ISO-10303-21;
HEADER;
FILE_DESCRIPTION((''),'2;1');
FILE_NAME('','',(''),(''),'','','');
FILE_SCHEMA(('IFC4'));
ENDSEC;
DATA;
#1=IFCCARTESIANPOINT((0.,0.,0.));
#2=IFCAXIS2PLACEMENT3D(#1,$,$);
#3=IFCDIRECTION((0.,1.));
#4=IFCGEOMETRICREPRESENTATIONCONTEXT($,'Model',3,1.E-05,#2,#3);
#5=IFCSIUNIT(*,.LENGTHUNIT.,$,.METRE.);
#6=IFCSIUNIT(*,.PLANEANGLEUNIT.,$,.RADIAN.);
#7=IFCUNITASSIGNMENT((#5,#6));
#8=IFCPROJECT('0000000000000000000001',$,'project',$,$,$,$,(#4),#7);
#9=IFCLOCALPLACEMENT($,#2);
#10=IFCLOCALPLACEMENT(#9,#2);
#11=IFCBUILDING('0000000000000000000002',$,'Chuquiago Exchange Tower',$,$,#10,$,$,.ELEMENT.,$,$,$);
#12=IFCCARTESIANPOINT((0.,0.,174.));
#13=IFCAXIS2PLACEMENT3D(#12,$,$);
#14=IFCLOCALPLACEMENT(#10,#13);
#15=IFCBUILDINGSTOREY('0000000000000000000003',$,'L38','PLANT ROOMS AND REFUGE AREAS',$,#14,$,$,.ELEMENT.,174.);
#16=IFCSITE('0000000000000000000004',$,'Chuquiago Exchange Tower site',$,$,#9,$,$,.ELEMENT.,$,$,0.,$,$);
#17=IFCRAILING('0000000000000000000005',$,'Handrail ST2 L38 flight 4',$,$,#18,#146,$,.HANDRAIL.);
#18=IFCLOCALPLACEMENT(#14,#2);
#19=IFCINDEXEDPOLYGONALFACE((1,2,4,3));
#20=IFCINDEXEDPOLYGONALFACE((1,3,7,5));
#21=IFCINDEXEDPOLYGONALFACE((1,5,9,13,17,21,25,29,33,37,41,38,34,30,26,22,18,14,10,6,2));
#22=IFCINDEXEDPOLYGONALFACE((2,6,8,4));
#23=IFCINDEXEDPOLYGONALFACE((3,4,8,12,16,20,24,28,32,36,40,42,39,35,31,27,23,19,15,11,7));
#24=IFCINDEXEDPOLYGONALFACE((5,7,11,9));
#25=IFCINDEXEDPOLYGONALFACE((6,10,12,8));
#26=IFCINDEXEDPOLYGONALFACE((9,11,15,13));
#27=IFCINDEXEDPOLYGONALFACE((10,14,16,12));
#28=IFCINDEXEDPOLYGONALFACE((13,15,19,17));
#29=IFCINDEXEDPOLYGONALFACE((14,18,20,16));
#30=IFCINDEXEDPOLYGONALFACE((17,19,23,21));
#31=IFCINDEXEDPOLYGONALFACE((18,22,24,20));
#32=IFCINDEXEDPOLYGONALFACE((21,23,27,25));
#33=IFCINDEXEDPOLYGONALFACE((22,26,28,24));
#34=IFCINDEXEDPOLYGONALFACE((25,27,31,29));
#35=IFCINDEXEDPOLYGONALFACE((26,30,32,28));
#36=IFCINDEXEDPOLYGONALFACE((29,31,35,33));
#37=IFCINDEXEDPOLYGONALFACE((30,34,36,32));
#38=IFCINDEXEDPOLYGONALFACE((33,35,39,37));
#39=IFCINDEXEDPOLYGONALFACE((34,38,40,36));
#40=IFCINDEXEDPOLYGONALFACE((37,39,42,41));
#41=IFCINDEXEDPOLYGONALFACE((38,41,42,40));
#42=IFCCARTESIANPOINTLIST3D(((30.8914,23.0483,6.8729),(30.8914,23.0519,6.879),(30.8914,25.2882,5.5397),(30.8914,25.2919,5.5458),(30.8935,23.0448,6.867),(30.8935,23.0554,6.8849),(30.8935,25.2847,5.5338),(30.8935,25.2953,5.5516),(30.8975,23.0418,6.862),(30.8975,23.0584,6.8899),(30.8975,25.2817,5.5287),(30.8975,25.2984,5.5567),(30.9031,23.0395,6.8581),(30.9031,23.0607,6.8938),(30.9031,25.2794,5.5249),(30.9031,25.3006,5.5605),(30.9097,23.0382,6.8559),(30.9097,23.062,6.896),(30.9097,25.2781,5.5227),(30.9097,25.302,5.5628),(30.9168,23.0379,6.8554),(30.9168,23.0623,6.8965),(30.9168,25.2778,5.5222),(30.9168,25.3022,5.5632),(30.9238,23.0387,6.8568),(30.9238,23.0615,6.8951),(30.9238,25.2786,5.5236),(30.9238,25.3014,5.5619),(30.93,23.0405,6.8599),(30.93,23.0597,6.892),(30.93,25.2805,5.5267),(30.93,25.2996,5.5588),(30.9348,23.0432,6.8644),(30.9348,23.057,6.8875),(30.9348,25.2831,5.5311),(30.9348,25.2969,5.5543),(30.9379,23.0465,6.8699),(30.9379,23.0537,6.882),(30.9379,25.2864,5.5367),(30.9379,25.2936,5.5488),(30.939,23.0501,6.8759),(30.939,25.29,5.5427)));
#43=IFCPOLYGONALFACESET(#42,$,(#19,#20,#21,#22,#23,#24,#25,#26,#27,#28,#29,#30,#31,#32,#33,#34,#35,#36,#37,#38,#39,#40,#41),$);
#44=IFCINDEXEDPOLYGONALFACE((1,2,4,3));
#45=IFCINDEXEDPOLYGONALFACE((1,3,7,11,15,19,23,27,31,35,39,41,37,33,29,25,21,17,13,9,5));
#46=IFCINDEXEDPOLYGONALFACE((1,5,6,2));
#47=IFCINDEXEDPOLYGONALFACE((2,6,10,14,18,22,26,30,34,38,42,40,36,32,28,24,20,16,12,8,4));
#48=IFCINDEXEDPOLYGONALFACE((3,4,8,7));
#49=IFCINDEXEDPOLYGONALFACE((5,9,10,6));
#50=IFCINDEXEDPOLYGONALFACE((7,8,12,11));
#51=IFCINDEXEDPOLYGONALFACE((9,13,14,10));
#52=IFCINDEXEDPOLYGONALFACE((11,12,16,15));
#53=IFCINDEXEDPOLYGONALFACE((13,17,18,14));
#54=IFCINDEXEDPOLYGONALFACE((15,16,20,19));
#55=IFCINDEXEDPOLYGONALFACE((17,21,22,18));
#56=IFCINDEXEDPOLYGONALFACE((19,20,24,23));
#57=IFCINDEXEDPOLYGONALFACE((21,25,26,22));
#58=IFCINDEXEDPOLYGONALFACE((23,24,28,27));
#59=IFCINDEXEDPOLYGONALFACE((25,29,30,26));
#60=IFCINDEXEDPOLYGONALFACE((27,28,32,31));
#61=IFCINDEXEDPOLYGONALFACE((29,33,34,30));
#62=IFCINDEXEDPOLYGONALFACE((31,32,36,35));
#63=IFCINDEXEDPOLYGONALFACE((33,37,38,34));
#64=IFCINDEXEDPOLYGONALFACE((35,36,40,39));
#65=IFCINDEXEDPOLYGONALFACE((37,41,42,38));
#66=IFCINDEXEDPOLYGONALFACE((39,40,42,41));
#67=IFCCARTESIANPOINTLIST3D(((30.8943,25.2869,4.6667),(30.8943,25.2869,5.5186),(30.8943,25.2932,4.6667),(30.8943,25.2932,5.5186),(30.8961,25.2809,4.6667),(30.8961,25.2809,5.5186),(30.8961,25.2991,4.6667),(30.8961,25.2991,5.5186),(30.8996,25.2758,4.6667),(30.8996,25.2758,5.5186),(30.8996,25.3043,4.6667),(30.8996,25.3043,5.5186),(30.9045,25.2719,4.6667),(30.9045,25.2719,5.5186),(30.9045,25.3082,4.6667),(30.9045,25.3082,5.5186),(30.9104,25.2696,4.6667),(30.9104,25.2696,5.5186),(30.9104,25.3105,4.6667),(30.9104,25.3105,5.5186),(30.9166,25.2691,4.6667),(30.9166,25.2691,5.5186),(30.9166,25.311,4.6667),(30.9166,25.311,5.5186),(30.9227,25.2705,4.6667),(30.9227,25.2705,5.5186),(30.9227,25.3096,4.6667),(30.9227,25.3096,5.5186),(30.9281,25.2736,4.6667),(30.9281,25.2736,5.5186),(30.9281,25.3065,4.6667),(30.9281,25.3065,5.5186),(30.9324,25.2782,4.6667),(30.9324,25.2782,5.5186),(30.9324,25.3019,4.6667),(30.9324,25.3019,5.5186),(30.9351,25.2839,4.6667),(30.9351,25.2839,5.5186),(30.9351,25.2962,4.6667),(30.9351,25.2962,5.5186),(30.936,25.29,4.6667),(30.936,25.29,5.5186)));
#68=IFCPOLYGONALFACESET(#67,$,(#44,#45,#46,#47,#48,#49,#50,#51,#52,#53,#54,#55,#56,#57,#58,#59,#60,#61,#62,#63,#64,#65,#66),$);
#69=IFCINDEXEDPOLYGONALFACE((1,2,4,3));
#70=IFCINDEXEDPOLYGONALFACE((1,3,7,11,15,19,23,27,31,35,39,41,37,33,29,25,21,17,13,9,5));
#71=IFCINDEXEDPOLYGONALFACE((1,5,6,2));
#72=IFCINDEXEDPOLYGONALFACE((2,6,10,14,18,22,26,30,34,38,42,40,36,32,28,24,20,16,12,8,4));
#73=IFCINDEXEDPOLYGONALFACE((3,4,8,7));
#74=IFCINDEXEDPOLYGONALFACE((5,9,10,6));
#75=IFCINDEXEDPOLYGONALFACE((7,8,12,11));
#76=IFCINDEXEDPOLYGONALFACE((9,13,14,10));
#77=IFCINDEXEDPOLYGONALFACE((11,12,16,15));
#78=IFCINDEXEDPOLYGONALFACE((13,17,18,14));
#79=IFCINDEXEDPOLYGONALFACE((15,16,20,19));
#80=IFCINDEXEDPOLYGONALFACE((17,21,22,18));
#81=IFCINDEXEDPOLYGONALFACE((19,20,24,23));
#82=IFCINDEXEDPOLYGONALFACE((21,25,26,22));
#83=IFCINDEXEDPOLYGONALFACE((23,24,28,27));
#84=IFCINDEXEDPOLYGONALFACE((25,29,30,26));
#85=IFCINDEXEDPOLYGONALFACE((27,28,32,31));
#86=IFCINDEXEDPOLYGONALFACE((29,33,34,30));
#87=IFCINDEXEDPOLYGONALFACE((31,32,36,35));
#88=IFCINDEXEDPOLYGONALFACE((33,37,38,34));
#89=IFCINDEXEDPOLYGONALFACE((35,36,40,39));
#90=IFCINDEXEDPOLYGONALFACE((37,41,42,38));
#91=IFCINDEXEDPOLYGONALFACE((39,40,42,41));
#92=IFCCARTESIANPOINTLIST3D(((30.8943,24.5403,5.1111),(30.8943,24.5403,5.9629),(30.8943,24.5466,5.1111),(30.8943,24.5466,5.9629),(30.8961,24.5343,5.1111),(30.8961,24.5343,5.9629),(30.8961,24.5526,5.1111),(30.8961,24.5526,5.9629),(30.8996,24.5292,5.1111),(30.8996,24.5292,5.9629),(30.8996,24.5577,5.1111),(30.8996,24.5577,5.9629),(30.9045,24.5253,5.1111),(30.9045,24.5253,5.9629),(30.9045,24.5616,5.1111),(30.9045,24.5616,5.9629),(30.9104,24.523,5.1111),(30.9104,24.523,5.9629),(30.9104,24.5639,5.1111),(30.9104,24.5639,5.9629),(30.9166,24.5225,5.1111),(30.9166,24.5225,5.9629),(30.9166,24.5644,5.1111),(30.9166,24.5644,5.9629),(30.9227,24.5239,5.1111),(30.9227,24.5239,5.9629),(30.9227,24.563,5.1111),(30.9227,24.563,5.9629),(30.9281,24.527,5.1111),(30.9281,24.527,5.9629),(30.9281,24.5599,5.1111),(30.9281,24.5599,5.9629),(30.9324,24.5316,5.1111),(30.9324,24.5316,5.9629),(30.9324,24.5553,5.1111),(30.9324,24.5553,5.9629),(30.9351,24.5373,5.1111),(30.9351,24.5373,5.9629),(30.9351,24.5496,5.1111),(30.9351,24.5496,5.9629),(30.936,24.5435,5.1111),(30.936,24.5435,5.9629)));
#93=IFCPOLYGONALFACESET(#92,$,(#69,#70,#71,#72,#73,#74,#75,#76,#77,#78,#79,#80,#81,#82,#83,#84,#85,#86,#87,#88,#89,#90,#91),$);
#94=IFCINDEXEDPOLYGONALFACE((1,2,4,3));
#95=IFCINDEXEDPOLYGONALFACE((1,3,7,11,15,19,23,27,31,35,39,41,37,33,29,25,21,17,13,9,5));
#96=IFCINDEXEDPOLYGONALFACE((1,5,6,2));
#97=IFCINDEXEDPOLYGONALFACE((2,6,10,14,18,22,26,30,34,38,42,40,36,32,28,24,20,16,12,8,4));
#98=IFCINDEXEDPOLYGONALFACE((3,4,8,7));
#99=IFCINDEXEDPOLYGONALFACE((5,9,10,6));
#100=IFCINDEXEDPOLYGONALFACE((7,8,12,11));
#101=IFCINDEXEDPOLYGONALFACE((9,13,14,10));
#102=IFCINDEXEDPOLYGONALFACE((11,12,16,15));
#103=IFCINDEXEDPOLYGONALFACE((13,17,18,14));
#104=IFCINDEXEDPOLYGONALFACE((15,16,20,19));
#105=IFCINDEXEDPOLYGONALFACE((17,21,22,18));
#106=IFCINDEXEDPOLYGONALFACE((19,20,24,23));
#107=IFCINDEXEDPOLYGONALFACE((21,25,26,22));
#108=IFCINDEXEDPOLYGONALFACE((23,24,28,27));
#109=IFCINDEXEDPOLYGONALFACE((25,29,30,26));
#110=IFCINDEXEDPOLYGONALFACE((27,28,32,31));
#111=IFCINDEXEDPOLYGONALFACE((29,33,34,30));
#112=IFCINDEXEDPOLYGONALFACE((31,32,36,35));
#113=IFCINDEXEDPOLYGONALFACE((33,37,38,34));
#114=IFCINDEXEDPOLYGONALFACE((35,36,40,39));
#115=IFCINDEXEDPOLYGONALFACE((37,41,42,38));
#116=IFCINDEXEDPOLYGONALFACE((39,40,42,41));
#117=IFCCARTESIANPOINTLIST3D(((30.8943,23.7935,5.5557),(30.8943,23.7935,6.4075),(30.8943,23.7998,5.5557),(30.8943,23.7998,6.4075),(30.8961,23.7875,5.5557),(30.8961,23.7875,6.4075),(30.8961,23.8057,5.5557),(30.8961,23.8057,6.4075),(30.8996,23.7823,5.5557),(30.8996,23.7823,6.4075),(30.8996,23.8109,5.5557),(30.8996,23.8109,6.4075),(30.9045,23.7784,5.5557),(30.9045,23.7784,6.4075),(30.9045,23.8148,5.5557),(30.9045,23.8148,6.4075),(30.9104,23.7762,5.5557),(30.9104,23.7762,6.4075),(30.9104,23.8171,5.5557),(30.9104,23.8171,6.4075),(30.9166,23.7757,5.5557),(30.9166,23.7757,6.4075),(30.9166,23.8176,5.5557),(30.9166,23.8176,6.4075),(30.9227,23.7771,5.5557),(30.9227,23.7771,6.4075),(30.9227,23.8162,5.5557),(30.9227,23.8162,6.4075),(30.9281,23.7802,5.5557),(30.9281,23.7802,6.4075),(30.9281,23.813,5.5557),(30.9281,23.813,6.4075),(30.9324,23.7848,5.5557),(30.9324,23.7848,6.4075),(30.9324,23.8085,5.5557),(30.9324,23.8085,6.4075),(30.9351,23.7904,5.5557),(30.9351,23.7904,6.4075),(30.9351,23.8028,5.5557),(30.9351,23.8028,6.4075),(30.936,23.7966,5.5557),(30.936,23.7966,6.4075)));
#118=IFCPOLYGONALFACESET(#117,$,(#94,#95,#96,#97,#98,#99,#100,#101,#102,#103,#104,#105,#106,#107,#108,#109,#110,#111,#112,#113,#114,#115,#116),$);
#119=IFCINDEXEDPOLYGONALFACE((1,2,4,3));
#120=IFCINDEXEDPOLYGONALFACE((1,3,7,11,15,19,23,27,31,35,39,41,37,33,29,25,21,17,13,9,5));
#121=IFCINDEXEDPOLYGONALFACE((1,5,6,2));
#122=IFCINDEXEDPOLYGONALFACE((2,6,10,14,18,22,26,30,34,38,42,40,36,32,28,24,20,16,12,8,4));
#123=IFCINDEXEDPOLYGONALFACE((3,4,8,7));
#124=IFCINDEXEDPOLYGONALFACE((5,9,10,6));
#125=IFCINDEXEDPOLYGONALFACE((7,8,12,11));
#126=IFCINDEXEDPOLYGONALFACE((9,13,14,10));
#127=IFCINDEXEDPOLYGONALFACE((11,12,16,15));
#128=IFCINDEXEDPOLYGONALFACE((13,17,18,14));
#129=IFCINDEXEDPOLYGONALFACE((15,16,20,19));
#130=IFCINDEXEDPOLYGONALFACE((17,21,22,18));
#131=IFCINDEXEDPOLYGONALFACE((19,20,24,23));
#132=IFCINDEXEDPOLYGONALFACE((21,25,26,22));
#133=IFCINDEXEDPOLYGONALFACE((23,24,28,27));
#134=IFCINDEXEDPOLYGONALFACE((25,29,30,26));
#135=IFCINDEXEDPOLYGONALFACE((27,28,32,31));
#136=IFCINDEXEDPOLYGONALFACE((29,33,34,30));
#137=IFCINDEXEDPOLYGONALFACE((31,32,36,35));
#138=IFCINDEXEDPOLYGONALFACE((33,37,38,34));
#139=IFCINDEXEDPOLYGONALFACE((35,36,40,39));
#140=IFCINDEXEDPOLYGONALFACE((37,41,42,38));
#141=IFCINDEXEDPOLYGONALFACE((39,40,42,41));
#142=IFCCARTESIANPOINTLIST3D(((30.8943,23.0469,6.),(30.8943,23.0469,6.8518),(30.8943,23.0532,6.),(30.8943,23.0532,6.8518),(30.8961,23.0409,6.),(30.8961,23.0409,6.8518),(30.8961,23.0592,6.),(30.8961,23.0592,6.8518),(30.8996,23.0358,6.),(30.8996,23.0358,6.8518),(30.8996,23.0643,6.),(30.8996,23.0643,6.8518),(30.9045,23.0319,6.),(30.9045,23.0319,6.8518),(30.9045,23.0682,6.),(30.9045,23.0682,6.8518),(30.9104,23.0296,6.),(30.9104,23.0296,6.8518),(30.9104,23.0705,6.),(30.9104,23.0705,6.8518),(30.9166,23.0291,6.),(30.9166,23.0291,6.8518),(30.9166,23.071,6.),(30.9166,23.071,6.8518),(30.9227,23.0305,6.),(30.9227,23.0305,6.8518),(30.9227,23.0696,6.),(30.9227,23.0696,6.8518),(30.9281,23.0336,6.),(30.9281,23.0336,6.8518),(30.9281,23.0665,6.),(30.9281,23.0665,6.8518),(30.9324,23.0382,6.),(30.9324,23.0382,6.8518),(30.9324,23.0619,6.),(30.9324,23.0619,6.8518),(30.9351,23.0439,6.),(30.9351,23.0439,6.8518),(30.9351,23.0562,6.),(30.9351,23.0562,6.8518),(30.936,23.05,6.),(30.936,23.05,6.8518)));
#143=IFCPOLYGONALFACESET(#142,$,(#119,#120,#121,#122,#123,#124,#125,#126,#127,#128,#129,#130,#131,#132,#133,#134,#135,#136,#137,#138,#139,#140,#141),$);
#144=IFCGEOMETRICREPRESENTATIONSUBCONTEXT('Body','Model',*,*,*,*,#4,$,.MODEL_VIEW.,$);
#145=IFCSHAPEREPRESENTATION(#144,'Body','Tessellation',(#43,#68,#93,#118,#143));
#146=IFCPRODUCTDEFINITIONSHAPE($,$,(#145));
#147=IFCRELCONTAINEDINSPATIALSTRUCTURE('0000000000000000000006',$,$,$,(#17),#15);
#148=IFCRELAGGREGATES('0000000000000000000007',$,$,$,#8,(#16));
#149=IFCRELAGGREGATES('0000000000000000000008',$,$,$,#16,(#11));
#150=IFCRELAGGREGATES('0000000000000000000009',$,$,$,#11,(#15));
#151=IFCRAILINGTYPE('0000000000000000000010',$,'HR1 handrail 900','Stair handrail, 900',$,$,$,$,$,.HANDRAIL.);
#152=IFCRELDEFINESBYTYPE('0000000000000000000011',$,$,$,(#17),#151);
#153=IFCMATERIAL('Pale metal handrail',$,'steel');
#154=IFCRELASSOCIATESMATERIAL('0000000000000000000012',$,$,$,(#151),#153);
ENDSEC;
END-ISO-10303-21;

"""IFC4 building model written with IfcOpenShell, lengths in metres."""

from ifc_helpers import new_model, si_unit, direction, frame, origin, origin_2d, place, context, subcontext, project, spatial, circle, extrude, material, type_object, element, save


model = new_model("IFC4")

# Units and contexts
model_context = context("Model", 3, precision=1e-05, world=origin(), true_north=direction((0.0, 1.0)))
body_context = subcontext(model_context, "Body", "Model", "MODEL_VIEW")
ifc_project = project(units=[si_unit("LENGTHUNIT", "METRE"), si_unit("PLANEANGLEUNIT", "RADIAN")], contexts=[model_context])

# Site, building, storey
site_placement = place(None, origin())
site = spatial("IfcSite", under=ifc_project, at=site_placement, Name="Chuquiago Exchange Tower site", CompositionType="ELEMENT", RefElevation=0.0)
building_placement = place(site_placement, origin())
building = spatial("IfcBuilding", under=site, at=building_placement, Name="Chuquiago Exchange Tower", CompositionType="ELEMENT")
storey_placement = place(building_placement, frame((0.0, 0.0, 174.0)))
storey = spatial("IfcBuildingStorey", under=building, at=storey_placement, Name="L38", Description="PLANT ROOMS AND REFUGE AREAS", CompositionType="ELEMENT", Elevation=174.0)

# Railing
ifc_material_1 = material(Name="Pale metal handrail", Category="steel")
railing_type_1 = type_object("IfcRailingType", Name="HR1 handrail 900", Description="Stair handrail, 900", PredefinedType="HANDRAIL", material=ifc_material_1)
for number, where, name in (
    (1, (30.915, 25.29, 4.6667), "Handrail ST2 L38 flight 4"),
):
    element("IfcRailing", number, at=place(storey_placement, frame(where)), inside=storey, type_object=railing_type_1, Name=name, PredefinedType="HANDRAIL", context=body_context, shape_type="SweptSolid", body=[
        extrude(circle(Radius=0.0239, at=origin_2d()), frame((0.0, 0.0, 0.876), z_axis=(0.0, -0.859306, 0.511462), x_axis=(1.0, 0.0, 0.0)), (0.0, 0.0, 1.0), 2.6067),
        extrude(circle(Radius=0.021, at=origin_2d()), origin(), (0.0, 0.0, 1.0), 0.8518),
        extrude(circle(Radius=0.021, at=origin_2d()), frame((0.0, -0.7466, 0.4443)), (0.0, 0.0, 1.0), 0.8518),
        extrude(circle(Radius=0.021, at=origin_2d()), frame((0.0, -1.4934, 0.8889)), (0.0, 0.0, 1.0), 0.8518),
        extrude(circle(Radius=0.021, at=origin_2d()), frame((0.0, -2.24, 1.3333)), (0.0, 0.0, 1.0), 0.8518),
    ])

save(model, "model.ifc")
